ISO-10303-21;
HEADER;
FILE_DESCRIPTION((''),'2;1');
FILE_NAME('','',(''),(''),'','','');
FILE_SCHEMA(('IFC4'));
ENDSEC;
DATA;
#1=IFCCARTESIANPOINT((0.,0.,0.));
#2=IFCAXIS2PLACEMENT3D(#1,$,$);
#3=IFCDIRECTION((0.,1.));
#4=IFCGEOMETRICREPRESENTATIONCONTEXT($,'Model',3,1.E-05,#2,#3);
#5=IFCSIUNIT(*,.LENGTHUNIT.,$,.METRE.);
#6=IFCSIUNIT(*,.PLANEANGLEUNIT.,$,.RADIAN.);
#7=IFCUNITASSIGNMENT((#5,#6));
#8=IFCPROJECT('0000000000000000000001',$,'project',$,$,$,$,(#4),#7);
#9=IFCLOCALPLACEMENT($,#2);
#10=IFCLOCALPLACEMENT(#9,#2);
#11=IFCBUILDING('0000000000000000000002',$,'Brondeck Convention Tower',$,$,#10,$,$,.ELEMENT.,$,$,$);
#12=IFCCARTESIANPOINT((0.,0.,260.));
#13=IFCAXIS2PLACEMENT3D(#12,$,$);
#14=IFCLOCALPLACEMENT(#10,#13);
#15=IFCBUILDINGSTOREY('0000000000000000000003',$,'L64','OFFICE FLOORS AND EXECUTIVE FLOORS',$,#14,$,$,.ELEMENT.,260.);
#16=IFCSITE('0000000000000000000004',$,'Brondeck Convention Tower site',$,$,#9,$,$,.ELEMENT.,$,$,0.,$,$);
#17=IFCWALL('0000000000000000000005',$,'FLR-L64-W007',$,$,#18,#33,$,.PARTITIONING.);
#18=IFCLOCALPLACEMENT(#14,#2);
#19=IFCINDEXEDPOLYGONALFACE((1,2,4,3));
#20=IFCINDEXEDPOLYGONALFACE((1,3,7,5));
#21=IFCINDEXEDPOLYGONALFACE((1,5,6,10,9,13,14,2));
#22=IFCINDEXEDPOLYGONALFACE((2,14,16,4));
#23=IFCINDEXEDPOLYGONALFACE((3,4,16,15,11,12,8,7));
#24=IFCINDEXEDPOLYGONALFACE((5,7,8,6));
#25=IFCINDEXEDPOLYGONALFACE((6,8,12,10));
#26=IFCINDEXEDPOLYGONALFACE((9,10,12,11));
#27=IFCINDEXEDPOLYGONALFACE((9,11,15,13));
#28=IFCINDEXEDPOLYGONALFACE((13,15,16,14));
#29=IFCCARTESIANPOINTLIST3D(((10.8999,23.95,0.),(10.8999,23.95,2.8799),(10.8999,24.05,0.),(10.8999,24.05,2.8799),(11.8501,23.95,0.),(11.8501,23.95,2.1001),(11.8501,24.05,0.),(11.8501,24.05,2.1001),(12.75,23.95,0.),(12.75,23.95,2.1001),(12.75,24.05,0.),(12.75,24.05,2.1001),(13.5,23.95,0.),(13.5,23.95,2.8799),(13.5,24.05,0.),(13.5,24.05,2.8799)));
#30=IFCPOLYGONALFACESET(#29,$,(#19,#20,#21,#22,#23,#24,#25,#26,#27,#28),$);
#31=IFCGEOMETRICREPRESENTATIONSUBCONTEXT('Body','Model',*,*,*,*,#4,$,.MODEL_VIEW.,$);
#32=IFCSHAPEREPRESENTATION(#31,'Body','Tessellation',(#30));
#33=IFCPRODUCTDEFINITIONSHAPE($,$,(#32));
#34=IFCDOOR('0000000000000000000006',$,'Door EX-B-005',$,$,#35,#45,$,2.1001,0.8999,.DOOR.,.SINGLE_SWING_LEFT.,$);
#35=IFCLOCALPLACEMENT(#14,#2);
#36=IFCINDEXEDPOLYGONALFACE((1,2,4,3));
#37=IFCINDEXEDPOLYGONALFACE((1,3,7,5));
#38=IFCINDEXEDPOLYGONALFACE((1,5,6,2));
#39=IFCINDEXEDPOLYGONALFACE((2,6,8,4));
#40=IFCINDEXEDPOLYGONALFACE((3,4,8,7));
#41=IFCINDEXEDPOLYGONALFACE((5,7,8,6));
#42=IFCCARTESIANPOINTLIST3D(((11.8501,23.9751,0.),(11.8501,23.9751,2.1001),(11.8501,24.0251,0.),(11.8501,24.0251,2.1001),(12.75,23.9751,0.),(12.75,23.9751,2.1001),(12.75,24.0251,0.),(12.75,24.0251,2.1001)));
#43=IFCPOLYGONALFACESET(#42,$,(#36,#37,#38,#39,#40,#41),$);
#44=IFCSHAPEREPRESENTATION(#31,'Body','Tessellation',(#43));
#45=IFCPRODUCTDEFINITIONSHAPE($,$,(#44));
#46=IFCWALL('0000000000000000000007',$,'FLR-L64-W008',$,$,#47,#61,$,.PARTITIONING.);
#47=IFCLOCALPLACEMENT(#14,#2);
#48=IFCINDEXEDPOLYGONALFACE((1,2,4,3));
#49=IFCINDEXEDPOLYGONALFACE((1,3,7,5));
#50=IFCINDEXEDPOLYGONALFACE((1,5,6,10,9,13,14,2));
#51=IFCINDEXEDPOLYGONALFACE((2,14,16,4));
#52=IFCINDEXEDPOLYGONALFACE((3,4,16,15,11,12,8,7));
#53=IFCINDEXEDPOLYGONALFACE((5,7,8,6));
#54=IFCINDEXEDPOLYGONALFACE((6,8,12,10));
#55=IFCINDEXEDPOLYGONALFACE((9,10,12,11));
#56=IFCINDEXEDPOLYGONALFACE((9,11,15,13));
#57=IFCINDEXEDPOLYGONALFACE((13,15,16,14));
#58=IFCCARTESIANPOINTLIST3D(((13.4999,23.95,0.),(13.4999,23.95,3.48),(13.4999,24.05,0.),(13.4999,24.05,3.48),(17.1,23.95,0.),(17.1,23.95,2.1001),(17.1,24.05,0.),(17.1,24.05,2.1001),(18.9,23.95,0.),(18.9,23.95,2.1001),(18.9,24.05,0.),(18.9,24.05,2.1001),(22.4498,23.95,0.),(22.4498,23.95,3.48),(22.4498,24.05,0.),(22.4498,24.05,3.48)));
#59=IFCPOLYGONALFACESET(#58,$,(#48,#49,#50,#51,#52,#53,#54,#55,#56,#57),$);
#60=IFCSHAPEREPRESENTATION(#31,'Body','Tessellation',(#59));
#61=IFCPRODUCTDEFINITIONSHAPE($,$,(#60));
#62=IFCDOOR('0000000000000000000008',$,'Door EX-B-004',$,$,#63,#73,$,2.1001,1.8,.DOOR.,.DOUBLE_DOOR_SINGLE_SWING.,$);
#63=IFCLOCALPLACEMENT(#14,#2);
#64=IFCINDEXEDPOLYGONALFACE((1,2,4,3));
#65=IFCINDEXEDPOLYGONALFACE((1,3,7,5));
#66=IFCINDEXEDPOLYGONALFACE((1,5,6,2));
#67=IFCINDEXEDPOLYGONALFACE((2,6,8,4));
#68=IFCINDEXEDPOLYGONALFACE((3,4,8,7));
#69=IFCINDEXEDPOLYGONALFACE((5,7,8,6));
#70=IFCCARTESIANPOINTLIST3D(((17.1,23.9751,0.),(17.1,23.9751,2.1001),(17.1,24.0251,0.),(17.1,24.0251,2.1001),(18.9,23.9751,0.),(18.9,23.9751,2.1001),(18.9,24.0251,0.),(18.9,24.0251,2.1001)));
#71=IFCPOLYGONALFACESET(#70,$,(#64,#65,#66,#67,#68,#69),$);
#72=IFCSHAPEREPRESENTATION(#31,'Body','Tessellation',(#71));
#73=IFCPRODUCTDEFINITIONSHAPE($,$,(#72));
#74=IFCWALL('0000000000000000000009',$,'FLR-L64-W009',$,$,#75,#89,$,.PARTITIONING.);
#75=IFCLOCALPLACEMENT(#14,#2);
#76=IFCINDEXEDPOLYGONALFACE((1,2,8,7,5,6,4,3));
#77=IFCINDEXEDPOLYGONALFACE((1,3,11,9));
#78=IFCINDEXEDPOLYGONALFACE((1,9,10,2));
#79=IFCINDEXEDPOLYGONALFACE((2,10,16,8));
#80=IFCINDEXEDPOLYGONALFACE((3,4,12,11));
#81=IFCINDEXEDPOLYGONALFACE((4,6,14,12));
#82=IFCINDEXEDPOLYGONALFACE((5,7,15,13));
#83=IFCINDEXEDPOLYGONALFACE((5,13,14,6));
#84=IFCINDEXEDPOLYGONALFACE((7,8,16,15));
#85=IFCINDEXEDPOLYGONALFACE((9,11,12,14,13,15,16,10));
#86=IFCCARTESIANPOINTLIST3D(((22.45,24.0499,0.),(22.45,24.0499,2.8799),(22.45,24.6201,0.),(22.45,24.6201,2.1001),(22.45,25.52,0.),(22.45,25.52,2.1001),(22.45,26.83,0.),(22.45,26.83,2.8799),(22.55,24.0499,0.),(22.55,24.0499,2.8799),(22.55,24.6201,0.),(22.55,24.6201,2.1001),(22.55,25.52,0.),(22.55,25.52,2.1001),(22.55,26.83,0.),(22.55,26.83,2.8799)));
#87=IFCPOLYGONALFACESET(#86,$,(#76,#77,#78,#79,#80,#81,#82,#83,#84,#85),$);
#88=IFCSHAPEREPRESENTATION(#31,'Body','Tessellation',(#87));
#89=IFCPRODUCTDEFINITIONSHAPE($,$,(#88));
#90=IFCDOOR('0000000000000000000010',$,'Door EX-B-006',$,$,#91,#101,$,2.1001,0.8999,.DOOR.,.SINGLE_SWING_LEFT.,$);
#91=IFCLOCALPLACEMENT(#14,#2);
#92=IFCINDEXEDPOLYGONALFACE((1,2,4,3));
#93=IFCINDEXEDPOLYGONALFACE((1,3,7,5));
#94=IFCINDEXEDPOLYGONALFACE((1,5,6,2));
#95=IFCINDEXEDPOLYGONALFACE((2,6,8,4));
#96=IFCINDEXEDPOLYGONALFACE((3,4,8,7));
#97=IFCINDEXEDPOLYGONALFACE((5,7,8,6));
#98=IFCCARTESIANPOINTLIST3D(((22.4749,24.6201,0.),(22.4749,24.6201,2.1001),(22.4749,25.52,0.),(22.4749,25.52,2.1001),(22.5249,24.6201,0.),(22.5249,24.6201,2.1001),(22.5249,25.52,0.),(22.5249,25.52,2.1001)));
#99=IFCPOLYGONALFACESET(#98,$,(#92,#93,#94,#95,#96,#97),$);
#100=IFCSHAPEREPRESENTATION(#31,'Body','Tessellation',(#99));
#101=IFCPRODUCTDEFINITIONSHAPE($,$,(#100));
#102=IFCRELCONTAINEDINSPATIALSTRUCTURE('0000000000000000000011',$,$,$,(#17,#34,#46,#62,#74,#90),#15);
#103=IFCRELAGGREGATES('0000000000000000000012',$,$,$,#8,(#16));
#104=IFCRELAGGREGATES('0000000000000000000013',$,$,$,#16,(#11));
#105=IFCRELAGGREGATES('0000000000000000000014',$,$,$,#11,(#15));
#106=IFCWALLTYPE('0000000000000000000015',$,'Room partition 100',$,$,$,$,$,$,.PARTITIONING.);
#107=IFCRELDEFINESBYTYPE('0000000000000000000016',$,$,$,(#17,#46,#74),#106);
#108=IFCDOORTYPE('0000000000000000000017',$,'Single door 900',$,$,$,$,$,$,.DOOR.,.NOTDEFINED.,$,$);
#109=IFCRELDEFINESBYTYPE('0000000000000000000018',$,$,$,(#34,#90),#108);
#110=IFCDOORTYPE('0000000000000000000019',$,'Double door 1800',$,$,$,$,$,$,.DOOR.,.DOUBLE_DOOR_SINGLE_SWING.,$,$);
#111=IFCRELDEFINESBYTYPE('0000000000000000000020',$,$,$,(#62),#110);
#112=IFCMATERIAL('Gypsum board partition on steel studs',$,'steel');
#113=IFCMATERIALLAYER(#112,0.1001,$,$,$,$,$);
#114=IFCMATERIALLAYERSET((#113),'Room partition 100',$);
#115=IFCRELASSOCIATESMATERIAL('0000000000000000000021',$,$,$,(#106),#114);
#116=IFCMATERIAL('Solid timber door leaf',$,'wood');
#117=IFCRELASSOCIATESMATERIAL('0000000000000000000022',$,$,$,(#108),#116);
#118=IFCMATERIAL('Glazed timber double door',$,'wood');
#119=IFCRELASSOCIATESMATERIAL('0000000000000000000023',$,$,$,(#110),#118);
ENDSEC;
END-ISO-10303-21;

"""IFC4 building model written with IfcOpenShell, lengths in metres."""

from ifc_helpers import new_model, si_unit, direction, frame, frame_2d, origin, place, context, subcontext, project, spatial, rectangle, extrude, material, layer, layer_set, type_object, element, fill, save


model = new_model("IFC4")

# Units and contexts
model_context = context("Model", 3, precision=1e-05, world=origin(), true_north=direction((0.0, 1.0)))
body_context = subcontext(model_context, "Body", "Model", "MODEL_VIEW")
ifc_project = project(units=[si_unit("LENGTHUNIT", "METRE"), si_unit("PLANEANGLEUNIT", "RADIAN")], contexts=[model_context])

# Site, building, storey
site_placement = place(None, origin())
site = spatial("IfcSite", under=ifc_project, at=site_placement, Name="Brondeck Convention Tower site", CompositionType="ELEMENT", RefElevation=0.0)
building_placement = place(site_placement, origin())
building = spatial("IfcBuilding", under=site, at=building_placement, Name="Brondeck Convention Tower", CompositionType="ELEMENT")
storey_placement = place(building_placement, frame((0.0, 0.0, 260.0)))
storey = spatial("IfcBuildingStorey", under=building, at=storey_placement, Name="L64", Description="OFFICE FLOORS AND EXECUTIVE FLOORS", CompositionType="ELEMENT", Elevation=260.0)

# Shared definitions
ifc_material_1 = material(Name="Gypsum board partition on steel studs", Category="steel")
ifc_layer_1 = layer(ifc_material_1, 0.1001)
ifc_layer_set_1 = layer_set([ifc_layer_1], Name="Room partition 100")
wall_type_1 = type_object("IfcWallType", Name="Room partition 100", PredefinedType="PARTITIONING", material=ifc_layer_set_1)

# Walls, openings, doors
wall_1_placement = place(storey_placement, frame((13.5, 24.0, 0.0), z_axis=(0.0, 0.0, 1.0), x_axis=(-1.0, 0.0, 0.0)))
wall_1 = element("IfcWall", 1, at=wall_1_placement, inside=storey, type_object=wall_type_1, Name="FLR-L64-W007", PredefinedType="PARTITIONING", context=body_context, shape_type="SweptSolid", body=[
    extrude(rectangle(XDim=2.6001, YDim=0.1001, at=frame_2d((1.3, 0.0))), origin(), (0.0, 0.0, 1.0), 2.8799),
])
opening_1_placement = place(wall_1_placement, frame((0.75, 0.0, 0.0)))
opening_1 = element("IfcOpeningElement", 2, at=opening_1_placement, cuts=wall_1, PredefinedType="OPENING", context=body_context, shape_type="SweptSolid", body=[
    extrude(rectangle(XDim=0.8999, YDim=2.1001, at=frame_2d((0.45, 1.05))), frame((0.0, 0.0601, 0.0), z_axis=(0.0, -1.0, 0.0), x_axis=(1.0, 0.0, 0.0)), (0.0, 0.0, 1.0), 0.1201),
])
ifc_material_2 = material(Name="Solid timber door leaf", Category="wood")
door_type_1 = type_object("IfcDoorType", Name="Single door 900", OperationType="NOTDEFINED", PredefinedType="DOOR", material=ifc_material_2)
door_1_placement = place(opening_1_placement, origin())
door_1 = element("IfcDoor", 3, at=door_1_placement, inside=storey, type_object=door_type_1, Name="Door EX-B-005", OperationType="SINGLE_SWING_LEFT", OverallHeight=2.1001, OverallWidth=0.8999, PredefinedType="DOOR", context=body_context, shape_type="SweptSolid", body=[
    extrude(rectangle(XDim=0.8999, YDim=2.1001, at=frame_2d((0.45, 1.05))), frame((0.0, 0.0249, 0.0), z_axis=(0.0, -1.0, 0.0), x_axis=(1.0, 0.0, 0.0)), (0.0, 0.0, 1.0), 0.05),
])
fill(opening_1, door_1)
wall_2_placement = place(storey_placement, frame((22.45, 24.0, 0.0), z_axis=(0.0, 0.0, 1.0), x_axis=(-1.0, 0.0, 0.0)))
wall_2 = element("IfcWall", 4, at=wall_2_placement, inside=storey, type_object=wall_type_1, Name="FLR-L64-W008", PredefinedType="PARTITIONING", context=body_context, shape_type="SweptSolid", body=[
    extrude(rectangle(XDim=8.95, YDim=0.1001, at=frame_2d((4.4751, 0.0))), origin(), (0.0, 0.0, 1.0), 3.48),
])
opening_2_placement = place(wall_2_placement, frame((3.55, 0.0, 0.0)))
opening_2 = element("IfcOpeningElement", 5, at=opening_2_placement, cuts=wall_2, PredefinedType="OPENING", context=body_context, shape_type="SweptSolid", body=[
    extrude(rectangle(XDim=1.8, YDim=2.1001, at=frame_2d((0.8999, 1.05))), frame((0.0, 0.0601, 0.0), z_axis=(0.0, -1.0, 0.0), x_axis=(1.0, 0.0, 0.0)), (0.0, 0.0, 1.0), 0.1201),
])
ifc_material_3 = material(Name="Glazed timber double door", Category="wood")
door_type_2 = type_object("IfcDoorType", Name="Double door 1800", OperationType="DOUBLE_DOOR_SINGLE_SWING", PredefinedType="DOOR", material=ifc_material_3)
door_2_placement = place(opening_2_placement, origin())
door_2 = element("IfcDoor", 6, at=door_2_placement, inside=storey, type_object=door_type_2, Name="Door EX-B-004", OperationType="DOUBLE_DOOR_SINGLE_SWING", OverallHeight=2.1001, OverallWidth=1.8, PredefinedType="DOOR", context=body_context, shape_type="SweptSolid", body=[
    extrude(rectangle(XDim=1.8, YDim=2.1001, at=frame_2d((0.8999, 1.05))), frame((0.0, 0.0249, 0.0), z_axis=(0.0, -1.0, 0.0), x_axis=(1.0, 0.0, 0.0)), (0.0, 0.0, 1.0), 0.05),
])
fill(opening_2, door_2)
wall_3_placement = place(storey_placement, frame((22.5, 26.8301, 0.0), z_axis=(0.0, 0.0, 1.0), x_axis=(0.0, -1.0, 0.0)))
wall_3 = element("IfcWall", 7, at=wall_3_placement, inside=storey, type_object=wall_type_1, Name="FLR-L64-W009", PredefinedType="PARTITIONING", context=body_context, shape_type="SweptSolid", body=[
    extrude(rectangle(XDim=2.78, YDim=0.1001, at=frame_2d((1.3901, 0.0))), origin(), (0.0, 0.0, 1.0), 2.8799),
])
opening_3_placement = place(wall_3_placement, frame((1.3101, 0.0, 0.0)))
opening_3 = element("IfcOpeningElement", 8, at=opening_3_placement, cuts=wall_3, PredefinedType="OPENING", context=body_context, shape_type="SweptSolid", body=[
    extrude(rectangle(XDim=0.8999, YDim=2.1001, at=frame_2d((0.45, 1.05))), frame((0.0, 0.0601, 0.0), z_axis=(0.0, -1.0, 0.0), x_axis=(1.0, 0.0, 0.0)), (0.0, 0.0, 1.0), 0.1201),
])
door_3_placement = place(opening_3_placement, origin())
door_3 = element("IfcDoor", 9, at=door_3_placement, inside=storey, type_object=door_type_1, Name="Door EX-B-006", OperationType="SINGLE_SWING_LEFT", OverallHeight=2.1001, OverallWidth=0.8999, PredefinedType="DOOR", context=body_context, shape_type="SweptSolid", body=[
    extrude(rectangle(XDim=0.8999, YDim=2.1001, at=frame_2d((0.45, 1.05))), frame((0.0, 0.0249, 0.0), z_axis=(0.0, -1.0, 0.0), x_axis=(1.0, 0.0, 0.0)), (0.0, 0.0, 1.0), 0.05),
])
fill(opening_3, door_3)

save(model, "model.ifc")
